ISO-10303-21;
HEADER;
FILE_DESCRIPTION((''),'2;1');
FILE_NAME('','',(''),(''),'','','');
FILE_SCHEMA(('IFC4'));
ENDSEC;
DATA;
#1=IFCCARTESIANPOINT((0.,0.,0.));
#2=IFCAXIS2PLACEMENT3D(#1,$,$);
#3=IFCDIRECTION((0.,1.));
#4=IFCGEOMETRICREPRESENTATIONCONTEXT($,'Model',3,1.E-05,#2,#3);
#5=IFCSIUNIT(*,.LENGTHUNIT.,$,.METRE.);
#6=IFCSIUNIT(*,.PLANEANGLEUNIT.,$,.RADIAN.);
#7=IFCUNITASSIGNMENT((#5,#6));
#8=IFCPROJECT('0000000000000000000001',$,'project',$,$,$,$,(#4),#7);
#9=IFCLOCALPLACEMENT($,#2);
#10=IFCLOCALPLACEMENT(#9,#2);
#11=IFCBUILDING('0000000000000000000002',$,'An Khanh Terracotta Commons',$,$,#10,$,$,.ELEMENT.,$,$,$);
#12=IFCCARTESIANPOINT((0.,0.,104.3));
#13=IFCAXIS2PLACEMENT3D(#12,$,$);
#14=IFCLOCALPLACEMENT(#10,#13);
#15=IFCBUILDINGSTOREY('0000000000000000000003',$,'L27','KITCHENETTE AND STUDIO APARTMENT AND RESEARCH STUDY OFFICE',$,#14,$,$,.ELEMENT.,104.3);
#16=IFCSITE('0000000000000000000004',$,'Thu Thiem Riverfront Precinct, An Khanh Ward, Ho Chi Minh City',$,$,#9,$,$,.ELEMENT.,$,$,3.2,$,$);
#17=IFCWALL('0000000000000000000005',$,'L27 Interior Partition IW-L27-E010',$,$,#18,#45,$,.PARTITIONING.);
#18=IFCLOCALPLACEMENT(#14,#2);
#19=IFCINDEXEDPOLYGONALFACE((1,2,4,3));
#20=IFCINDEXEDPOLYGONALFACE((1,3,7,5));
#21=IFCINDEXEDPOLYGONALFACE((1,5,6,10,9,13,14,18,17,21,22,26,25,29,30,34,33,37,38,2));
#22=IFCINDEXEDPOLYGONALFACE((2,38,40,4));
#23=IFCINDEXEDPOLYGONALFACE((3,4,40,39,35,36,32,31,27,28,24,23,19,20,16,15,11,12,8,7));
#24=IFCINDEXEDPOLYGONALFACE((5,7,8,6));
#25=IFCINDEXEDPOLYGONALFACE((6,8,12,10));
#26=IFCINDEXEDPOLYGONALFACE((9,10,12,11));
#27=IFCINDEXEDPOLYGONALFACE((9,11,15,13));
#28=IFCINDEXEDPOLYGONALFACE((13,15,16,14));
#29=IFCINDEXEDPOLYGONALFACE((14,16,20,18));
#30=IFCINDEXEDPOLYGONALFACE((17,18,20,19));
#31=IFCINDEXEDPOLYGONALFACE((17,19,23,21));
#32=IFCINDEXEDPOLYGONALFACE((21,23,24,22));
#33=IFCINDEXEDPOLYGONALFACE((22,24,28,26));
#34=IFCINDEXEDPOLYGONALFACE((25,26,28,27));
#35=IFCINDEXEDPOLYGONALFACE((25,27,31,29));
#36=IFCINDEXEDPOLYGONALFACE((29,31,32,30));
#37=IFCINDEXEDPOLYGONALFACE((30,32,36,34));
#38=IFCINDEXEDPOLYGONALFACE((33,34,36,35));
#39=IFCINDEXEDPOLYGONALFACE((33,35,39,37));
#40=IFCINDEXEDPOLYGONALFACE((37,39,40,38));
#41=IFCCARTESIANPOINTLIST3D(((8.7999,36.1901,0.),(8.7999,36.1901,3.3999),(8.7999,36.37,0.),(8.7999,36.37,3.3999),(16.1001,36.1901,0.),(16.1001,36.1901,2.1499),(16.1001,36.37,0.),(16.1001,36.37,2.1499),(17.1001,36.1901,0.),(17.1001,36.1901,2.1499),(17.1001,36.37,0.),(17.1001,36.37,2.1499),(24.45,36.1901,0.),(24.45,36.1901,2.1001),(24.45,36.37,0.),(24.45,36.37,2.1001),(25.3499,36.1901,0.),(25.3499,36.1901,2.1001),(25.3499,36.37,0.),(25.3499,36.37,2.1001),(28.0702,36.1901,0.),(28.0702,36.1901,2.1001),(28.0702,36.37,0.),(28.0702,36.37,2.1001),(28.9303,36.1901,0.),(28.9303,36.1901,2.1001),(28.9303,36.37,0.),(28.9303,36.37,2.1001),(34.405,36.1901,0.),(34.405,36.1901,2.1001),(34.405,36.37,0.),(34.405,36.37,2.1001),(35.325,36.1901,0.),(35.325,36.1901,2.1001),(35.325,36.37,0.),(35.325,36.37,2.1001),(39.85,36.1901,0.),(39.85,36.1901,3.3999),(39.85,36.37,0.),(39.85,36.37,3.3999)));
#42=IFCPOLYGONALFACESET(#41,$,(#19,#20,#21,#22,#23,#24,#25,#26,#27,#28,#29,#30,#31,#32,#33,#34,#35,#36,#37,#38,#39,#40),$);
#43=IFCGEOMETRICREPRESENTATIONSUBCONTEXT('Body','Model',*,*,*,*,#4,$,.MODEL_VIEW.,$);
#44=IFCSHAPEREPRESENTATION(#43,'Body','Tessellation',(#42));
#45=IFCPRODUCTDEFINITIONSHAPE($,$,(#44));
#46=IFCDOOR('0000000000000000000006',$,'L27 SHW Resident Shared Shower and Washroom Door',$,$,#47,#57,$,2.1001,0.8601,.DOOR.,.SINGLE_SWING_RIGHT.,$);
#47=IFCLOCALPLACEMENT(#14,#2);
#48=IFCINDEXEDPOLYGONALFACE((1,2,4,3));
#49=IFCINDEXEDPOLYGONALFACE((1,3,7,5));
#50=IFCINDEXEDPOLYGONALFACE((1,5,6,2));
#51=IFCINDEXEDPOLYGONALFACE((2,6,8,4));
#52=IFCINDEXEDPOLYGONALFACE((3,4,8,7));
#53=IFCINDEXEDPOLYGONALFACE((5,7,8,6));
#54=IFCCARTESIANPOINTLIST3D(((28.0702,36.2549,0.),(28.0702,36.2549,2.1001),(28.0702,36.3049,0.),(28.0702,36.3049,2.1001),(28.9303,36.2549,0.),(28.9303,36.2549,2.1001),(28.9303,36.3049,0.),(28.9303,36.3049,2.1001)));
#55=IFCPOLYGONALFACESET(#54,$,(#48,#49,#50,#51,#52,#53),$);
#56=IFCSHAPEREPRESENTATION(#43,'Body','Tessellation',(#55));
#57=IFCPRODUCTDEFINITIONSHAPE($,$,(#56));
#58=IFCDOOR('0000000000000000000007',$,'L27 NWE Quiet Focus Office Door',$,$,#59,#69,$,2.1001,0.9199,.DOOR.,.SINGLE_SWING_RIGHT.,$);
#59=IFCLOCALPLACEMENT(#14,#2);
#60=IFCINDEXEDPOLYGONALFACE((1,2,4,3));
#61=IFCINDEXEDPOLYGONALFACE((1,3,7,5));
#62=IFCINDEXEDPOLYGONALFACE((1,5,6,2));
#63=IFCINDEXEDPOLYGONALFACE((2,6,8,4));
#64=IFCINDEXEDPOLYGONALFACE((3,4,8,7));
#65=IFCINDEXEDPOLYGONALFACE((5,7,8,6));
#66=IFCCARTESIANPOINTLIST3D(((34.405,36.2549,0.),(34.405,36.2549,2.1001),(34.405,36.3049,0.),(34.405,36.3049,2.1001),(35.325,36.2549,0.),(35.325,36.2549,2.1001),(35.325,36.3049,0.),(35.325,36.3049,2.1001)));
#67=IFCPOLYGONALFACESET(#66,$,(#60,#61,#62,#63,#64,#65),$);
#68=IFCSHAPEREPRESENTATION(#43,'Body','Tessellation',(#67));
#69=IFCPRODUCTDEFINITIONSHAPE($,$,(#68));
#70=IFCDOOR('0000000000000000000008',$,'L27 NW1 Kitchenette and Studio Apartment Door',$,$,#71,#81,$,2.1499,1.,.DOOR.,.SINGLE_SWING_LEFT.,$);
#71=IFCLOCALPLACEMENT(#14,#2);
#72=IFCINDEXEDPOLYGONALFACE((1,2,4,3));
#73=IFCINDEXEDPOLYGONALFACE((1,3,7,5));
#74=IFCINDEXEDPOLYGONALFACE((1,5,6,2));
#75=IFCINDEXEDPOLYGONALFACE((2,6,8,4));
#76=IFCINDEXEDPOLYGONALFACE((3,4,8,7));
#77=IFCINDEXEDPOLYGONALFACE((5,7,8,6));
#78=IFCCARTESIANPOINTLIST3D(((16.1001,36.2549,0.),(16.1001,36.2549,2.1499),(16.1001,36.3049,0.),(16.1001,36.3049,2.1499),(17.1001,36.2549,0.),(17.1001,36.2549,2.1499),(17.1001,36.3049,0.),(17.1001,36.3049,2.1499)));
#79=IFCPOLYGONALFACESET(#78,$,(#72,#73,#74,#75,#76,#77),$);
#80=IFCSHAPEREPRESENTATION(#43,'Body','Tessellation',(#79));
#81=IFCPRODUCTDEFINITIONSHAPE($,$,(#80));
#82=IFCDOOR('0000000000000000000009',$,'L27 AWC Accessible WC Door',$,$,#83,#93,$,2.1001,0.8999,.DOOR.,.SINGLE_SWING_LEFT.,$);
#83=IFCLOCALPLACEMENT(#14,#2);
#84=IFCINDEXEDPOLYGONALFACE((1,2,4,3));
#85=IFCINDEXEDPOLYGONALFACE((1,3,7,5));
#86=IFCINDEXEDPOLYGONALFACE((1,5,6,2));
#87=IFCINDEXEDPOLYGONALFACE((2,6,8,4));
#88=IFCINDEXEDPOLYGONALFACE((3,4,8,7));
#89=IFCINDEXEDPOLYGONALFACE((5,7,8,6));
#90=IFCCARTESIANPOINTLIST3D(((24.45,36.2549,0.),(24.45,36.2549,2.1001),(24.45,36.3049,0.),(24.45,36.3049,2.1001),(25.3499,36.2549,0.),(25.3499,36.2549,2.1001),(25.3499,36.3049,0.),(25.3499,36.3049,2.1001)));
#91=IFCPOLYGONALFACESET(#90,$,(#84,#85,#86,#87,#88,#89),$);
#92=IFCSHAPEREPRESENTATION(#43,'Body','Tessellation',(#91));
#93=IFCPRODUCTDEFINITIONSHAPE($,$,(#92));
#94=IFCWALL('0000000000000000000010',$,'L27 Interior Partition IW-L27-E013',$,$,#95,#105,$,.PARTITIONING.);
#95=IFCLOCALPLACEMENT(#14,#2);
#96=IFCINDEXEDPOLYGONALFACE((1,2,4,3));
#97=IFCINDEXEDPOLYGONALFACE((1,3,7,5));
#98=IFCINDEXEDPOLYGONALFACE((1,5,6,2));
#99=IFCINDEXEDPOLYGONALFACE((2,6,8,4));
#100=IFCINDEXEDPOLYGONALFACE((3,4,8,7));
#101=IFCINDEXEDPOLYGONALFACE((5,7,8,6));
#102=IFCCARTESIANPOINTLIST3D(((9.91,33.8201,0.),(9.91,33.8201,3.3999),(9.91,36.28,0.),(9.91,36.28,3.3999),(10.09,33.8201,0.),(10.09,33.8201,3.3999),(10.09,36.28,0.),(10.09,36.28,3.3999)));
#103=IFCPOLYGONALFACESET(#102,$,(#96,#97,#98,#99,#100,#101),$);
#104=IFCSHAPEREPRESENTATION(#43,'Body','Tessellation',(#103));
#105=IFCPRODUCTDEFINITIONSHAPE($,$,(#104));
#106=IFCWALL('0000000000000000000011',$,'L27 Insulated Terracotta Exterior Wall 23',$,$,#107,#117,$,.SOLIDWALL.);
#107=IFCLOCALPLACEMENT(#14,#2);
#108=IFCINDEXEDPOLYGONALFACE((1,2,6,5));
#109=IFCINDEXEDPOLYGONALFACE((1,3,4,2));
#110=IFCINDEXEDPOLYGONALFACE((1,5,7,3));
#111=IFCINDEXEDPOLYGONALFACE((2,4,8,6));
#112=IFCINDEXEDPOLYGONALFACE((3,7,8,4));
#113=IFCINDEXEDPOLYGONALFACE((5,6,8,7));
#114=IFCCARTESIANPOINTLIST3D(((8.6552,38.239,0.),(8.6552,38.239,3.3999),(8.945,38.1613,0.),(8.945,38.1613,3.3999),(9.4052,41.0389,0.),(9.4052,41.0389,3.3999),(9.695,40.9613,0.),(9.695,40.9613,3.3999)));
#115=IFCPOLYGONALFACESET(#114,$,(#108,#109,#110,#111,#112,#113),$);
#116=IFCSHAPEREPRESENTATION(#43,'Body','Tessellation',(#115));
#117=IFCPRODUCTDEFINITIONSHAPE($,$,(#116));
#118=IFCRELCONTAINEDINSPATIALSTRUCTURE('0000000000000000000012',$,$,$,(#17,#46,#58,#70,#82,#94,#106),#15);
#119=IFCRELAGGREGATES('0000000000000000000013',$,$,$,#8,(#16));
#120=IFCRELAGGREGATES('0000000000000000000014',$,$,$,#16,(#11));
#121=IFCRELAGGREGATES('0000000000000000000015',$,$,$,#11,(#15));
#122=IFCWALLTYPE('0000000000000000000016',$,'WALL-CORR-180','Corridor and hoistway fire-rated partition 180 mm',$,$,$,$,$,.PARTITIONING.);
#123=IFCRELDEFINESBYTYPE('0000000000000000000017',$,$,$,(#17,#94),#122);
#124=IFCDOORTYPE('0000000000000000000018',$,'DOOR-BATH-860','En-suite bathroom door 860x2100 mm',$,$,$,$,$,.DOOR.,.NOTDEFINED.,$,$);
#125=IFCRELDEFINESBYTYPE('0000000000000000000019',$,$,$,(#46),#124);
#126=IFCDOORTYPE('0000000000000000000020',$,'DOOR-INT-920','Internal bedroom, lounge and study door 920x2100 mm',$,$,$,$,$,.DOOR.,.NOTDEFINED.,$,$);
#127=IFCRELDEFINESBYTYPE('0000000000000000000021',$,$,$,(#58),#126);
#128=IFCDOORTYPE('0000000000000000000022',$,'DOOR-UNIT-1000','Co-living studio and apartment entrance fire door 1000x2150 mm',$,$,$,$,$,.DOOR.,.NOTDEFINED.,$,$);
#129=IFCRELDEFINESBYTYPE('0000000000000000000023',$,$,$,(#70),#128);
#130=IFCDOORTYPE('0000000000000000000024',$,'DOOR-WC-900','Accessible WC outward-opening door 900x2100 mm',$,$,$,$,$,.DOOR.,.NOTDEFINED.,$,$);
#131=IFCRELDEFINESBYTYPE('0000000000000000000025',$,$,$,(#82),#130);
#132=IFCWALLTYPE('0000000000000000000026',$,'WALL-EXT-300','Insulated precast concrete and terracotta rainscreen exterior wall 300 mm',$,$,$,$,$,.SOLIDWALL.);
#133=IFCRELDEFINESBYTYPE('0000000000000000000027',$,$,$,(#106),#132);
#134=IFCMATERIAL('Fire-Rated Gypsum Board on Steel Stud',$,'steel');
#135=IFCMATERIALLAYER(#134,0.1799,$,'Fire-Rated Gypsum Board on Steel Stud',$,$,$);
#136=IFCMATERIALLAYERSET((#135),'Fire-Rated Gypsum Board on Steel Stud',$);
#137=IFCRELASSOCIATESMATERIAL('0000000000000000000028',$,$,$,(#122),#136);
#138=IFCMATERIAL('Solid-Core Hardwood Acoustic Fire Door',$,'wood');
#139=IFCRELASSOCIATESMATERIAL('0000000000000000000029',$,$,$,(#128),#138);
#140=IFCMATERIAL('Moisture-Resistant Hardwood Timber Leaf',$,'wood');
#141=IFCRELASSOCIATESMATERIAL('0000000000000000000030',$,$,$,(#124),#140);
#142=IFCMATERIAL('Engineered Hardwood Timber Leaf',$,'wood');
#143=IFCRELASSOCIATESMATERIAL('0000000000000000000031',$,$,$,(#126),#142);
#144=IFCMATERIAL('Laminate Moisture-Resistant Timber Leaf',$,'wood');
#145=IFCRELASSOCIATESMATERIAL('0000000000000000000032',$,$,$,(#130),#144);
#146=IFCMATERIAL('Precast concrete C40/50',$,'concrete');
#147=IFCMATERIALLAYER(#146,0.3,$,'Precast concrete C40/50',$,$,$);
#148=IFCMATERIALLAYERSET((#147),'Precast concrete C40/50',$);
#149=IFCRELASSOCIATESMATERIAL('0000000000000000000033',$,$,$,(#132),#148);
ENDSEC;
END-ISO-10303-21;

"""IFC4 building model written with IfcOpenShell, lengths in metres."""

from ifc_helpers import new_model, si_unit, direction, frame, frame_2d, origin, place, context, subcontext, project, spatial, rectangle, extrude, material, layer, layer_set, type_object, element, fill, save


model = new_model("IFC4")

# Units and contexts
model_context = context("Model", 3, precision=1e-05, world=origin(), true_north=direction((0.0, 1.0)))
body_context = subcontext(model_context, "Body", "Model", "MODEL_VIEW")
ifc_project = project(units=[si_unit("LENGTHUNIT", "METRE"), si_unit("PLANEANGLEUNIT", "RADIAN")], contexts=[model_context])

# Site, building, storey
site_placement = place(None, origin())
site = spatial("IfcSite", under=ifc_project, at=site_placement, Name="Thu Thiem Riverfront Precinct, An Khanh Ward, Ho Chi Minh City", CompositionType="ELEMENT", RefElevation=3.2)
building_placement = place(site_placement, origin())
building = spatial("IfcBuilding", under=site, at=building_placement, Name="An Khanh Terracotta Commons", CompositionType="ELEMENT")
storey_placement = place(building_placement, frame((0.0, 0.0, 104.3)))
storey = spatial("IfcBuildingStorey", under=building, at=storey_placement, Name="L27", Description="KITCHENETTE AND STUDIO APARTMENT AND RESEARCH STUDY OFFICE", CompositionType="ELEMENT", Elevation=104.3)

# Shared definitions
ifc_material_1 = material(Name="Fire-Rated Gypsum Board on Steel Stud", Category="steel")
ifc_layer_1 = layer(ifc_material_1, 0.1799, Name="Fire-Rated Gypsum Board on Steel Stud")
ifc_layer_set_1 = layer_set([ifc_layer_1], Name="Fire-Rated Gypsum Board on Steel Stud")
wall_type_1 = type_object("IfcWallType", Name="WALL-CORR-180", Description="Corridor and hoistway fire-rated partition 180 mm", PredefinedType="PARTITIONING", material=ifc_layer_set_1)
ifc_material_2 = material(Name="Solid-Core Hardwood Acoustic Fire Door", Category="wood")
door_type_1 = type_object("IfcDoorType", Name="DOOR-UNIT-1000", Description="Co-living studio and apartment entrance fire door 1000x2150 mm", OperationType="NOTDEFINED", PredefinedType="DOOR", material=ifc_material_2)

# Wall, openings, doors
wall_1_placement = place(storey_placement, frame((8.8, 36.28, 0.0), z_axis=(0.0, 0.0, 1.0), x_axis=(1.0, 0.0, 0.0)))
wall_1 = element("IfcWall", 1, at=wall_1_placement, inside=storey, type_object=wall_type_1, Name="L27 Interior Partition IW-L27-E010", PredefinedType="PARTITIONING", context=body_context, shape_type="SweptSolid", body=[
    extrude(rectangle(XDim=31.05, YDim=0.1799, at=frame_2d((15.5249, 0.0))), origin(), (0.0, 0.0, 1.0), 3.3999),
])
opening_1_placement = place(wall_1_placement, frame((15.6499, 0.0, 0.0)))
opening_1 = element("IfcOpeningElement", 2, at=opening_1_placement, cuts=wall_1, PredefinedType="OPENING", context=body_context, shape_type="SweptSolid", body=[
    extrude(rectangle(XDim=0.8999, YDim=2.1001, at=frame_2d((0.45, 1.05))), frame((0.0, 0.0999, 0.0), z_axis=(0.0, -1.0, 0.0), x_axis=(1.0, 0.0, 0.0)), (0.0, 0.0, 1.0), 0.2),
])
opening_2_placement = place(wall_1_placement, frame((19.27, 0.0, 0.0)))
opening_2 = element("IfcOpeningElement", 3, at=opening_2_placement, cuts=wall_1, PredefinedType="OPENING", context=body_context, shape_type="SweptSolid", body=[
    extrude(rectangle(XDim=0.8601, YDim=2.1001, at=frame_2d((0.4302, 1.05))), frame((0.0, 0.0999, 0.0), z_axis=(0.0, -1.0, 0.0), x_axis=(1.0, 0.0, 0.0)), (0.0, 0.0, 1.0), 0.2),
])
opening_3_placement = place(wall_1_placement, frame((7.3, 0.0, 0.0)))
opening_3 = element("IfcOpeningElement", 4, at=opening_3_placement, cuts=wall_1, PredefinedType="OPENING", context=body_context, shape_type="SweptSolid", body=[
    extrude(rectangle(XDim=1.0, YDim=2.1499, at=frame_2d((0.5, 1.075))), frame((0.0, 0.0999, 0.0), z_axis=(0.0, -1.0, 0.0), x_axis=(1.0, 0.0, 0.0)), (0.0, 0.0, 1.0), 0.2),
])
opening_4_placement = place(wall_1_placement, frame((25.605, 0.0, 0.0)))
opening_4 = element("IfcOpeningElement", 5, at=opening_4_placement, cuts=wall_1, PredefinedType="OPENING", context=body_context, shape_type="SweptSolid", body=[
    extrude(rectangle(XDim=0.9199, YDim=2.1001, at=frame_2d((0.46, 1.05))), frame((0.0, 0.0999, 0.0), z_axis=(0.0, -1.0, 0.0), x_axis=(1.0, 0.0, 0.0)), (0.0, 0.0, 1.0), 0.2),
])
ifc_material_3 = material(Name="Moisture-Resistant Hardwood Timber Leaf", Category="wood")
door_type_2 = type_object("IfcDoorType", Name="DOOR-BATH-860", Description="En-suite bathroom door 860x2100 mm", OperationType="NOTDEFINED", PredefinedType="DOOR", material=ifc_material_3)
door_1_placement = place(opening_2_placement, origin())
door_1 = element("IfcDoor", 6, at=door_1_placement, inside=storey, type_object=door_type_2, Name="L27 SHW Resident Shared Shower and Washroom Door", OperationType="SINGLE_SWING_RIGHT", OverallHeight=2.1001, OverallWidth=0.8601, PredefinedType="DOOR", context=body_context, shape_type="SweptSolid", body=[
    extrude(rectangle(XDim=0.8601, YDim=2.1001, at=frame_2d((0.4302, 1.05))), frame((0.0, 0.0249, 0.0), z_axis=(0.0, -1.0, 0.0), x_axis=(1.0, 0.0, 0.0)), (0.0, 0.0, 1.0), 0.05),
])
fill(opening_2, door_1)
ifc_material_4 = material(Name="Engineered Hardwood Timber Leaf", Category="wood")
door_type_3 = type_object("IfcDoorType", Name="DOOR-INT-920", Description="Internal bedroom, lounge and study door 920x2100 mm", OperationType="NOTDEFINED", PredefinedType="DOOR", material=ifc_material_4)
door_2_placement = place(opening_4_placement, origin())
door_2 = element("IfcDoor", 7, at=door_2_placement, inside=storey, type_object=door_type_3, Name="L27 NWE Quiet Focus Office Door", OperationType="SINGLE_SWING_RIGHT", OverallHeight=2.1001, OverallWidth=0.9199, PredefinedType="DOOR", context=body_context, shape_type="SweptSolid", body=[
    extrude(rectangle(XDim=0.9199, YDim=2.1001, at=frame_2d((0.46, 1.05))), frame((0.0, 0.0249, 0.0), z_axis=(0.0, -1.0, 0.0), x_axis=(1.0, 0.0, 0.0)), (0.0, 0.0, 1.0), 0.05),
])
fill(opening_4, door_2)
door_3_placement = place(opening_3_placement, origin())
door_3 = element("IfcDoor", 8, at=door_3_placement, inside=storey, type_object=door_type_1, Name="L27 NW1 Kitchenette and Studio Apartment Door", OperationType="SINGLE_SWING_LEFT", OverallHeight=2.1499, OverallWidth=1.0, PredefinedType="DOOR", context=body_context, shape_type="SweptSolid", body=[
    extrude(rectangle(XDim=1.0, YDim=2.1499, at=frame_2d((0.5, 1.075))), frame((0.0, 0.0249, 0.0), z_axis=(0.0, -1.0, 0.0), x_axis=(1.0, 0.0, 0.0)), (0.0, 0.0, 1.0), 0.05),
])
fill(opening_3, door_3)
ifc_material_5 = material(Name="Laminate Moisture-Resistant Timber Leaf", Category="wood")
door_type_4 = type_object("IfcDoorType", Name="DOOR-WC-900", Description="Accessible WC outward-opening door 900x2100 mm", OperationType="NOTDEFINED", PredefinedType="DOOR", material=ifc_material_5)
door_4_placement = place(opening_1_placement, origin())
door_4 = element("IfcDoor", 9, at=door_4_placement, inside=storey, type_object=door_type_4, Name="L27 AWC Accessible WC Door", OperationType="SINGLE_SWING_LEFT", OverallHeight=2.1001, OverallWidth=0.8999, PredefinedType="DOOR", context=body_context, shape_type="SweptSolid", body=[
    extrude(rectangle(XDim=0.8999, YDim=2.1001, at=frame_2d((0.45, 1.05))), frame((0.0, 0.0249, 0.0), z_axis=(0.0, -1.0, 0.0), x_axis=(1.0, 0.0, 0.0)), (0.0, 0.0, 1.0), 0.05),
])
fill(opening_1, door_4)

# Walls
wall_2_placement = place(storey_placement, frame((10.0, 33.8201, 0.0), z_axis=(0.0, 0.0, 1.0), x_axis=(0.0, 1.0, 0.0)))
element("IfcWall", 10, at=wall_2_placement, inside=storey, type_object=wall_type_1, Name="L27 Interior Partition IW-L27-E013", PredefinedType="PARTITIONING", context=body_context, shape_type="SweptSolid", body=[
    extrude(rectangle(XDim=2.46, YDim=0.1799, at=frame_2d((1.23, 0.0))), origin(), (0.0, 0.0, 1.0), 3.3999),
])
ifc_material_6 = material(Name="Precast concrete C40/50", Category="concrete")
ifc_layer_2 = layer(ifc_material_6, 0.3, Name="Precast concrete C40/50")
ifc_layer_set_2 = layer_set([ifc_layer_2], Name="Precast concrete C40/50")
wall_type_2 = type_object("IfcWallType", Name="WALL-EXT-300", Description="Insulated precast concrete and terracotta rainscreen exterior wall 300 mm", PredefinedType="SOLIDWALL", material=ifc_layer_set_2)
wall_3_placement = place(storey_placement, frame((9.55, 41.0, 0.0), z_axis=(0.0, 0.0, 1.0), x_axis=(-0.258732, -0.965949, 0.0)))
element("IfcWall", 11, at=wall_3_placement, inside=storey, type_object=wall_type_2, Name="L27 Insulated Terracotta Exterior Wall 23", PredefinedType="SOLIDWALL", context=body_context, shape_type="SweptSolid", body=[
    extrude(rectangle(XDim=2.8987, YDim=0.3, at=frame_2d((1.4492, 0.0))), origin(), (0.0, 0.0, 1.0), 3.3999),
])

save(model, "model.ifc")
